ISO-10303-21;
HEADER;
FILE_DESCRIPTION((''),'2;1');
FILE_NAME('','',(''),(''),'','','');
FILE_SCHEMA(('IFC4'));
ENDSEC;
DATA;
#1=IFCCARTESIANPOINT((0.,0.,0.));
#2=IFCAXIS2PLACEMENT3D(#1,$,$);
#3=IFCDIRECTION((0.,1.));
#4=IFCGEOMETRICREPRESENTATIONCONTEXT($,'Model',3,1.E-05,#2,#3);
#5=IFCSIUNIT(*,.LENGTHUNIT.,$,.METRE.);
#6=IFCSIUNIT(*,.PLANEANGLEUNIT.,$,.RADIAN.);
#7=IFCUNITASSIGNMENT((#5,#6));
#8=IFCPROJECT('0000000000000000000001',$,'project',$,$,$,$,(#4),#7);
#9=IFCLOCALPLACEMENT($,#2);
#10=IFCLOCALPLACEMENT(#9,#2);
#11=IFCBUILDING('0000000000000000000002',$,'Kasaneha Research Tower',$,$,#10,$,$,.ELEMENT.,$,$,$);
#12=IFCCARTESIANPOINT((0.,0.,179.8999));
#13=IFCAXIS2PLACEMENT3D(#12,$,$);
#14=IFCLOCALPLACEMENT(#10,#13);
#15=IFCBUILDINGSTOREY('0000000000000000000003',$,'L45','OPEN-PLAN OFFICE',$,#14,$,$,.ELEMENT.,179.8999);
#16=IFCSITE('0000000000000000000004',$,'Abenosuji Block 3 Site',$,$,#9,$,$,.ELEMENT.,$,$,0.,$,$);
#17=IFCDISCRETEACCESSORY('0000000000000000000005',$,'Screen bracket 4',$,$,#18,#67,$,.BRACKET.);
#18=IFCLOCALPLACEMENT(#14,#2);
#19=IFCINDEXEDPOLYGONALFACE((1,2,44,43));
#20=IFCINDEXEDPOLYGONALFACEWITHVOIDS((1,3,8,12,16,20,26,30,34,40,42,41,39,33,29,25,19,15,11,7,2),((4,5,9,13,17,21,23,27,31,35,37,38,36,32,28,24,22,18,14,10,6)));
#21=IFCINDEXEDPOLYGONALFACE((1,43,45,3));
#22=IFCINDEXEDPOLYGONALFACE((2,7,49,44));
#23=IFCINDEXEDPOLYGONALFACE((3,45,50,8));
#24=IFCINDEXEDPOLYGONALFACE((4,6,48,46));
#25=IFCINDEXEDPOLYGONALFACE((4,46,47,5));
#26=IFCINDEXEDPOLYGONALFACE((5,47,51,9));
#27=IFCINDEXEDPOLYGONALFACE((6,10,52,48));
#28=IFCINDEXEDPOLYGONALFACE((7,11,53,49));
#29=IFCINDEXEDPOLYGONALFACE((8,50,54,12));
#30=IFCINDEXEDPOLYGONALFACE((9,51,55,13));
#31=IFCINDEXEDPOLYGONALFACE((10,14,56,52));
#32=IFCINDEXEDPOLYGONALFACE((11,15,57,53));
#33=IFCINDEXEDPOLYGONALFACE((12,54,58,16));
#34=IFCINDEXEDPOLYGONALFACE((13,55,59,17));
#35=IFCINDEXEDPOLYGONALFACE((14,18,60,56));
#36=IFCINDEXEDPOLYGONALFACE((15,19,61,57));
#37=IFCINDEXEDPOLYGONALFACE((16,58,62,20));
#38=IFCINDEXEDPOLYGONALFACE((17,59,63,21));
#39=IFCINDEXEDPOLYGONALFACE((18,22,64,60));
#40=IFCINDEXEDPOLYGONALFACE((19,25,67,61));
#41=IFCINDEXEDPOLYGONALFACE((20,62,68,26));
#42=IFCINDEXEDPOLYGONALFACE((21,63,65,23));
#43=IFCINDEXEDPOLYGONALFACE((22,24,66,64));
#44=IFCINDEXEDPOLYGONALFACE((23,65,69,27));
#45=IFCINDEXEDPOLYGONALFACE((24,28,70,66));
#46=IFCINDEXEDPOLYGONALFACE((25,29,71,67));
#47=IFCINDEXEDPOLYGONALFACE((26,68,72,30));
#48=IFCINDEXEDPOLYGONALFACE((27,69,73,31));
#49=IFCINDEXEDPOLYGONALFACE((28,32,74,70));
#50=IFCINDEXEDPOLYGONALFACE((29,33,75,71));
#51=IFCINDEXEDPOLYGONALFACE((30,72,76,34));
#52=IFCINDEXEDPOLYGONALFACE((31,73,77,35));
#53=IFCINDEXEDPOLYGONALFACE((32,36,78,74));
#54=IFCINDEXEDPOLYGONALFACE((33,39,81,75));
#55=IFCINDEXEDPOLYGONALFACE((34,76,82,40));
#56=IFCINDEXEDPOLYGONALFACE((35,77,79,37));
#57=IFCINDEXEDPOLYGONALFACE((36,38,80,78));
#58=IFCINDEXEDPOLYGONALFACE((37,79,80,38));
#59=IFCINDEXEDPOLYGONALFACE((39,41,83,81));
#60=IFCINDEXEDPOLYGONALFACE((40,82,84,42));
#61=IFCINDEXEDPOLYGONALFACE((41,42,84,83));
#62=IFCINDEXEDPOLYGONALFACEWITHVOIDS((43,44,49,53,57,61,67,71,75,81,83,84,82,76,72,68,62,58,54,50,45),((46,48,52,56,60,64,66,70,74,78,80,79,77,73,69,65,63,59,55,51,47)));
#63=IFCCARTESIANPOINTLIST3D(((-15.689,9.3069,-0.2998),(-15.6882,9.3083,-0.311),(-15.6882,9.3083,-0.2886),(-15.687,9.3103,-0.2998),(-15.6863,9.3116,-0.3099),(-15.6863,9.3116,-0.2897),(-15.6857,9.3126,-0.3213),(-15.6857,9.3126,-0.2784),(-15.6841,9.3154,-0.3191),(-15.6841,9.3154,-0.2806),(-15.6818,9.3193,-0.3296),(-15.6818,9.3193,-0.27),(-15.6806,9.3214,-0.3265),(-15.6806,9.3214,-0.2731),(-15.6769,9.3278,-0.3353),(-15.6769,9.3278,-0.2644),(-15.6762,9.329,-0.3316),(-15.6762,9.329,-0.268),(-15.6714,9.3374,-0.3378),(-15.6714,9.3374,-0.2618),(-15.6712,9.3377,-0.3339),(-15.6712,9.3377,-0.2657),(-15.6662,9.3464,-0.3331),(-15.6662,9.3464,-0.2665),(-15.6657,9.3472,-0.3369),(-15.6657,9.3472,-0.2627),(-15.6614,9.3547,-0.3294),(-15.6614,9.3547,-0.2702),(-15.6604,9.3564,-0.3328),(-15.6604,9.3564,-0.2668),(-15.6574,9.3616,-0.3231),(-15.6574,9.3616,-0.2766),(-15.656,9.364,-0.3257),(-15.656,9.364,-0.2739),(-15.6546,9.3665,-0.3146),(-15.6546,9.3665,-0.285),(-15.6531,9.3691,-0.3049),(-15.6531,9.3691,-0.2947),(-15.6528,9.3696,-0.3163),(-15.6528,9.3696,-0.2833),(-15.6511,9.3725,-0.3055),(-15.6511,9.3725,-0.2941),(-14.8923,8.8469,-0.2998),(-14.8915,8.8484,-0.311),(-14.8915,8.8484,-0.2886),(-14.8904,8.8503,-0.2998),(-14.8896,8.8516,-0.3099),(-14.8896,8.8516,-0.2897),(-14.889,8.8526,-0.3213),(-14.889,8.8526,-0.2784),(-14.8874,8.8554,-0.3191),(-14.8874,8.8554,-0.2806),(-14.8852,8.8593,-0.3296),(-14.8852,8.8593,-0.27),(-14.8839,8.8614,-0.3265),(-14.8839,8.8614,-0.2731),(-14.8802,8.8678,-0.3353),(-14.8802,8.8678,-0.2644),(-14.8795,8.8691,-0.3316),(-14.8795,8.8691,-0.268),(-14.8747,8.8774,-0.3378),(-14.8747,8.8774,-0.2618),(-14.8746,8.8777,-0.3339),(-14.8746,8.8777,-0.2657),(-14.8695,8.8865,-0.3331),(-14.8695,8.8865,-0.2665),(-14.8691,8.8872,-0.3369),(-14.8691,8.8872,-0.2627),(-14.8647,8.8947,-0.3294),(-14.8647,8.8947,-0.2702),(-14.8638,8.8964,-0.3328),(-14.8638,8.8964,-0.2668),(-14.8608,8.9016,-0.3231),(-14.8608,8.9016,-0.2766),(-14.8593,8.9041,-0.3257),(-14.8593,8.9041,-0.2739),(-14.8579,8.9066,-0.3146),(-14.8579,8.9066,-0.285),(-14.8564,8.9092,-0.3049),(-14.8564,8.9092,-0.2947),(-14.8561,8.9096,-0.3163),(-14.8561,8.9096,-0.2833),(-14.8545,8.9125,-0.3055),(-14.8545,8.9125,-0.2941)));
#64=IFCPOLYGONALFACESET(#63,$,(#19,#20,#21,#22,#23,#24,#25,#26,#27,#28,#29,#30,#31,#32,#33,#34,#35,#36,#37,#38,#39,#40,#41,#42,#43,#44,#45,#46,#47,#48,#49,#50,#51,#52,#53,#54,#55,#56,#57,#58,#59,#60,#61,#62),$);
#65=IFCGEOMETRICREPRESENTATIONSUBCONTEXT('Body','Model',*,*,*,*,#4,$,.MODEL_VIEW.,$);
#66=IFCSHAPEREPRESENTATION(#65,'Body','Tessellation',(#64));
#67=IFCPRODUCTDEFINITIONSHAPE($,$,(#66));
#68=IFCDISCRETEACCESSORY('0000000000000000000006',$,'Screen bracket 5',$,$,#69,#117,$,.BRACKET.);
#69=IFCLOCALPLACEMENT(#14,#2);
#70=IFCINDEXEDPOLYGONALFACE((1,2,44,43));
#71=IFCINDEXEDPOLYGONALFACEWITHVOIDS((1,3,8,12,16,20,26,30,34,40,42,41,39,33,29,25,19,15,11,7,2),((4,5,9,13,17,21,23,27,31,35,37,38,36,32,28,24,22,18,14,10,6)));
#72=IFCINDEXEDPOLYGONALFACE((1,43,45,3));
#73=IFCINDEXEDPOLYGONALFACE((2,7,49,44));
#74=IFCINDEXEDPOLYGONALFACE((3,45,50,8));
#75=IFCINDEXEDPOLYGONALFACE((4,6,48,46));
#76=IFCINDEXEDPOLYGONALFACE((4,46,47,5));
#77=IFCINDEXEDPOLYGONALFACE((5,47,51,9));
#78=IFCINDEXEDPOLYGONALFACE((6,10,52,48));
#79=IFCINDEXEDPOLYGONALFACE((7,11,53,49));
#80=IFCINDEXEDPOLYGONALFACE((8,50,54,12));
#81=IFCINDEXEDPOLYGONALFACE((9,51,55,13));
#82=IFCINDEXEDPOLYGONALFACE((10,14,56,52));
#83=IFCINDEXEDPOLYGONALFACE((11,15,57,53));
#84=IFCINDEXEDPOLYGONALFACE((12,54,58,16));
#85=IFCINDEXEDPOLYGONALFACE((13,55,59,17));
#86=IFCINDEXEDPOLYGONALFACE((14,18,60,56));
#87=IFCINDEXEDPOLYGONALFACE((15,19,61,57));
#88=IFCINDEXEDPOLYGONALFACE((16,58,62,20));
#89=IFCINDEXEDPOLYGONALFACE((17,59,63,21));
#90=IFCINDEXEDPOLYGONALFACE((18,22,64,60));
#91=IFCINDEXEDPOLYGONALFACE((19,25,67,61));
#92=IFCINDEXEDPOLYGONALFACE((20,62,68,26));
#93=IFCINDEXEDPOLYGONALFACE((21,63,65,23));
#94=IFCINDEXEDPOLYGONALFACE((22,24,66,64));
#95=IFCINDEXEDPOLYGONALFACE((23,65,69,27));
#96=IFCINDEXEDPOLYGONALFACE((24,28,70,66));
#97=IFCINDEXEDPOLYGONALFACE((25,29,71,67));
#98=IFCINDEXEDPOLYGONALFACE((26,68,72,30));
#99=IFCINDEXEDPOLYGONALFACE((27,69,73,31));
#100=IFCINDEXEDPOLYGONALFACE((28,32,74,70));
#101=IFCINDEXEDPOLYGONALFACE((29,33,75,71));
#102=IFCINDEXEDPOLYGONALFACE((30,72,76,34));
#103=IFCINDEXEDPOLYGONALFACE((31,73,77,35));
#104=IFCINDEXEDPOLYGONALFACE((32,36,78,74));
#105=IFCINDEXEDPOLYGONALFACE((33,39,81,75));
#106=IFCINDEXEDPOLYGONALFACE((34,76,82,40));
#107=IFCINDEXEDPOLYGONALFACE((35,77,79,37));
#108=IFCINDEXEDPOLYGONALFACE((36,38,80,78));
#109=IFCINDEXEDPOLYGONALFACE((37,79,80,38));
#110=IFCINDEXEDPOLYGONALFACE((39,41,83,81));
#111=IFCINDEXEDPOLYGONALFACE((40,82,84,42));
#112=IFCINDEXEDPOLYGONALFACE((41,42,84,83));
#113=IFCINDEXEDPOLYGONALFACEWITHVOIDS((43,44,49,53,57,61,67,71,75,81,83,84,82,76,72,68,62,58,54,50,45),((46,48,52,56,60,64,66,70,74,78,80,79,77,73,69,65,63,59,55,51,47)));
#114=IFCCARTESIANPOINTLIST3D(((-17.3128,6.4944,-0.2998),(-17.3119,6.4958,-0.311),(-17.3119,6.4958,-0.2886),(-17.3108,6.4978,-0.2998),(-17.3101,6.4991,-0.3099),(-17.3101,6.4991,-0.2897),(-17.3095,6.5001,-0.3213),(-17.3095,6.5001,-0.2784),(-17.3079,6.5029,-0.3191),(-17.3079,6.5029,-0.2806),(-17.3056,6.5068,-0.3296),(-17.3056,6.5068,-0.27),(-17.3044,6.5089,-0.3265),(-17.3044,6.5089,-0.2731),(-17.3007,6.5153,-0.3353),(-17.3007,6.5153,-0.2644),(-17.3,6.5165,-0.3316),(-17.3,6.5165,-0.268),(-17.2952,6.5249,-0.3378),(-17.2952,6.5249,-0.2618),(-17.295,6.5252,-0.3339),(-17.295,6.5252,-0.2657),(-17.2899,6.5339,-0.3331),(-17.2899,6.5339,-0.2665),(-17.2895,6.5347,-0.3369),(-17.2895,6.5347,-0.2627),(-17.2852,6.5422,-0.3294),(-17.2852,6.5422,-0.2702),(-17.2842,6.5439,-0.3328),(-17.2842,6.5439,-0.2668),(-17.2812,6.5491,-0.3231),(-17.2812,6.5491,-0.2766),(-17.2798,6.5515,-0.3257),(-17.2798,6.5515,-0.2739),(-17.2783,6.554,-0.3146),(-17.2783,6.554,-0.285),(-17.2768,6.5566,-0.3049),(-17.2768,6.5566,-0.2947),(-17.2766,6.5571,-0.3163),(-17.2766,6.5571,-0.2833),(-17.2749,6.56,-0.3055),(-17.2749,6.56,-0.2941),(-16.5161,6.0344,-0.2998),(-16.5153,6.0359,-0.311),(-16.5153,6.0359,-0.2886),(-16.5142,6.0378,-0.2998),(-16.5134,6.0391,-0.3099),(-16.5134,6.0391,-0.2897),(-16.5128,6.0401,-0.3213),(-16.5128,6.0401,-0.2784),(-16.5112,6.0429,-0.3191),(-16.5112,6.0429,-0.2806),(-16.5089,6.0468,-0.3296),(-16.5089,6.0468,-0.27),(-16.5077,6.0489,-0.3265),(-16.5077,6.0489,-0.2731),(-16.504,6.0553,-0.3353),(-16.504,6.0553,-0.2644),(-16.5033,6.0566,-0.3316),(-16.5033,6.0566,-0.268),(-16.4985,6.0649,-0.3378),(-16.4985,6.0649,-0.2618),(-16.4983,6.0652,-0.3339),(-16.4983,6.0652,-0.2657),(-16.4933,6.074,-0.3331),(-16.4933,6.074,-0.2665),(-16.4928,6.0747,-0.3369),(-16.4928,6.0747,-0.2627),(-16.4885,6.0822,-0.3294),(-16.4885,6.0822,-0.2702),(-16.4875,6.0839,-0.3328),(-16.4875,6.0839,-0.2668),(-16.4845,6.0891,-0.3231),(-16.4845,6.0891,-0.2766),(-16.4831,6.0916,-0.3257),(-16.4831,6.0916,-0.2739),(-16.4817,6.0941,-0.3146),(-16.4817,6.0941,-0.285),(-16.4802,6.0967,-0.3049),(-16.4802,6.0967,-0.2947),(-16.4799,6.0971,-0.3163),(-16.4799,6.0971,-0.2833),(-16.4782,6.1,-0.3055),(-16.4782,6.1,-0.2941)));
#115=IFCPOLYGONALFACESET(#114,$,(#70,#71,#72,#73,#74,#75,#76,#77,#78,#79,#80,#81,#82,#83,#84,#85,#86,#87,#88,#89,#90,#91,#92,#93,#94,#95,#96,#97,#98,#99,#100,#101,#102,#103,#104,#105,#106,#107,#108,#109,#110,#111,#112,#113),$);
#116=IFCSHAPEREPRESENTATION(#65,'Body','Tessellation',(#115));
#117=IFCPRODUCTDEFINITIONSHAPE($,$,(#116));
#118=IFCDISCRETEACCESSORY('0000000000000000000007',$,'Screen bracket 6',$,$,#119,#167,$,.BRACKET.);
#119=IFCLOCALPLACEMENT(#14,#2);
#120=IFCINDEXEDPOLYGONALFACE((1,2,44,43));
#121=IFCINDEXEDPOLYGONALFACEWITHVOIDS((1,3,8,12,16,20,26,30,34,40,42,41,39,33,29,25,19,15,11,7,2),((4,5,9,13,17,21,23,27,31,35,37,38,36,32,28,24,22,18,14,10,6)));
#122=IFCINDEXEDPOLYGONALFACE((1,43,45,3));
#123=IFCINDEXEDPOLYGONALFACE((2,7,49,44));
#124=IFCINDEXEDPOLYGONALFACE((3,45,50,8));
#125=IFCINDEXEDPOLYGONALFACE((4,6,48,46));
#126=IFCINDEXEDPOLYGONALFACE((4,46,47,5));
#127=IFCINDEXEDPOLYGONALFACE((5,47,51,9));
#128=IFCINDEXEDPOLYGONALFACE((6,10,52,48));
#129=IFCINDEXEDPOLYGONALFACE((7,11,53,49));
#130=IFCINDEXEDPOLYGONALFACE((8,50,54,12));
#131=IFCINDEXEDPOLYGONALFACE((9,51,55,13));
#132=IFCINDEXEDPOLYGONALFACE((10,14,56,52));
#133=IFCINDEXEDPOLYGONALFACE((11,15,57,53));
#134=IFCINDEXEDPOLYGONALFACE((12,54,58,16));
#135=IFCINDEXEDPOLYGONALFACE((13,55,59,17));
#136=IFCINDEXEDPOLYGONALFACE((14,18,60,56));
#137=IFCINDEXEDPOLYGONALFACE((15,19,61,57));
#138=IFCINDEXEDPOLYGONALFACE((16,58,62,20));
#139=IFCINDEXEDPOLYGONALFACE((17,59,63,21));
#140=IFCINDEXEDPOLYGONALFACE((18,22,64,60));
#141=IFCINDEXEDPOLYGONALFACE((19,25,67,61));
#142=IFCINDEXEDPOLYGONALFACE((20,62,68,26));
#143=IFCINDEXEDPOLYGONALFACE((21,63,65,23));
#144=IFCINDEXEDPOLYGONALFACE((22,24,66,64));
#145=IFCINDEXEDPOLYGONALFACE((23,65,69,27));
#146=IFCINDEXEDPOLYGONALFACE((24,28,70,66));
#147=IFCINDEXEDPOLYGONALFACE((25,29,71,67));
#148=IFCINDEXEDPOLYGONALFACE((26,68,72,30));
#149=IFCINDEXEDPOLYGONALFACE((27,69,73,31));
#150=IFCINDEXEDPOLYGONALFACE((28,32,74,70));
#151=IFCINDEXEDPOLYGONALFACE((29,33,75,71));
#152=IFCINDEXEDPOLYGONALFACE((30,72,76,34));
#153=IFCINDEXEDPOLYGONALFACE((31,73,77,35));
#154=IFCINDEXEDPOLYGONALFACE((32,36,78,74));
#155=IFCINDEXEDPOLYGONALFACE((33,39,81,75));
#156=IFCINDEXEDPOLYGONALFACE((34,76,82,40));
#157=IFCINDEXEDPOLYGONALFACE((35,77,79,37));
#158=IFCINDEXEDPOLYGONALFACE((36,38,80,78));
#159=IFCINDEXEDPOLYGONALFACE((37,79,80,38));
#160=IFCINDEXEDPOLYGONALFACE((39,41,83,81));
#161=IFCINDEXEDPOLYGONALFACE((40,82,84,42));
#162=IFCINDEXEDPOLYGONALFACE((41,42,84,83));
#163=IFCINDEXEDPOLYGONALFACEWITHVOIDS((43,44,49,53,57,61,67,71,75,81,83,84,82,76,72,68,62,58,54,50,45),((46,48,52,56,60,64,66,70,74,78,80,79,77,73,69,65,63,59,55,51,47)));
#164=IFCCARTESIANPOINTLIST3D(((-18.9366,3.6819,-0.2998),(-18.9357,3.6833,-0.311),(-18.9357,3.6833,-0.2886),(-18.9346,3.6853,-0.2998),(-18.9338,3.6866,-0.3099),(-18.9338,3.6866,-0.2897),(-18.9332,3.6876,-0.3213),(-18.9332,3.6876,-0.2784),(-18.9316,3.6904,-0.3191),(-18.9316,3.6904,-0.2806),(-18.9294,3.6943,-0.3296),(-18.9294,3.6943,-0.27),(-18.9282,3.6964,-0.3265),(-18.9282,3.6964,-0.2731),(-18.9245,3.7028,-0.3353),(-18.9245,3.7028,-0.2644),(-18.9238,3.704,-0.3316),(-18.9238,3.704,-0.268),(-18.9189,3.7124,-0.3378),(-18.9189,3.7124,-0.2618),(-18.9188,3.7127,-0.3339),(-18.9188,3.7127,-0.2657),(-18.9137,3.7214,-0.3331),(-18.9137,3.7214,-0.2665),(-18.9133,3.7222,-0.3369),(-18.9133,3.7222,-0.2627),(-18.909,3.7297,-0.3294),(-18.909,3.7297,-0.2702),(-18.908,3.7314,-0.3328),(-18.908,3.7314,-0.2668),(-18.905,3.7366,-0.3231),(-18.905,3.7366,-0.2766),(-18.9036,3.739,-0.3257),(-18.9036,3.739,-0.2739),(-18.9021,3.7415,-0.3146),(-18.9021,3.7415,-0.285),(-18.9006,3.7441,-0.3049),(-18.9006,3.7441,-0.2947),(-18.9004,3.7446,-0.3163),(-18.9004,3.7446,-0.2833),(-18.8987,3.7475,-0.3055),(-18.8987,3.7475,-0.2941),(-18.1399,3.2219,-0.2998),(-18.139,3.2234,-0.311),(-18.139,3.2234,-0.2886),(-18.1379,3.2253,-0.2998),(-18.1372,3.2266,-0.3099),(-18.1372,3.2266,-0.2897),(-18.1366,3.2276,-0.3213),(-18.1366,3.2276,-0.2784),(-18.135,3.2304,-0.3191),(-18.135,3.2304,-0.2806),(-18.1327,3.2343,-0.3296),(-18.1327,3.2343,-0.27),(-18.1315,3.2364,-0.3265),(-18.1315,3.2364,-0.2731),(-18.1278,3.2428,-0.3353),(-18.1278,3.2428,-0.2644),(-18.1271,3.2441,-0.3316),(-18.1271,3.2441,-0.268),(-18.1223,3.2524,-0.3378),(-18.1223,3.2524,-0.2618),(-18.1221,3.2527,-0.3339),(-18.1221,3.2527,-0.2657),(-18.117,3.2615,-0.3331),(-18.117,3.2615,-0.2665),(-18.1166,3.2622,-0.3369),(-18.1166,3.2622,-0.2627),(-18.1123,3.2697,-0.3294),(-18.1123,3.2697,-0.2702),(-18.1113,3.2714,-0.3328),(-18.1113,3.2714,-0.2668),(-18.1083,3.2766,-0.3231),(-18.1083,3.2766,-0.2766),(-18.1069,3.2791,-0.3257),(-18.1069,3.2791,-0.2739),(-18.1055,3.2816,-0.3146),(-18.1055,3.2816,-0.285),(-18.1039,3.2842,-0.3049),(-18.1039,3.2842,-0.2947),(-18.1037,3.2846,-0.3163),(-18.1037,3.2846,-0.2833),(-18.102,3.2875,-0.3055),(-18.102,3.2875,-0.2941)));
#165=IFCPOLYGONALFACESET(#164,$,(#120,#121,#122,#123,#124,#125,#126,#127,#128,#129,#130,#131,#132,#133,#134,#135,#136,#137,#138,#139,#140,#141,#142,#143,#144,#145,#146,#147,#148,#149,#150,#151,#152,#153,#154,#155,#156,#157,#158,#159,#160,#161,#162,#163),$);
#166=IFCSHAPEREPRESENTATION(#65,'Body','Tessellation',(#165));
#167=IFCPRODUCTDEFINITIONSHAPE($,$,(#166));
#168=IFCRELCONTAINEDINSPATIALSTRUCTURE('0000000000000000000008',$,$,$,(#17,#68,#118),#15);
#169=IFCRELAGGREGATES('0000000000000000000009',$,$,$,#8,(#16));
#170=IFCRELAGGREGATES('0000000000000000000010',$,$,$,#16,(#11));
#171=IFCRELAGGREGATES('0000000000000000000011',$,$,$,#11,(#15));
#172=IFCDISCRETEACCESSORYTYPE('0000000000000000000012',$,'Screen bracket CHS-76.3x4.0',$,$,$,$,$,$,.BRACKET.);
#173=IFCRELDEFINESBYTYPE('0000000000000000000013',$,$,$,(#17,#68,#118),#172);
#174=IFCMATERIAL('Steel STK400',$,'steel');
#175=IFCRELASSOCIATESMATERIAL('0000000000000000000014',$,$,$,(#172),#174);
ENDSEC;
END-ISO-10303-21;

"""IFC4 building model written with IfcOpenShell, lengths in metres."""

from ifc_helpers import new_model, si_unit, direction, frame, origin, origin_2d, place, context, subcontext, project, spatial, hollow_circle, extrude, material, material_profile, profile_set, type_object, element, save


model = new_model("IFC4")

# Units and contexts
model_context = context("Model", 3, precision=1e-05, world=origin(), true_north=direction((0.0, 1.0)))
body_context = subcontext(model_context, "Body", "Model", "MODEL_VIEW")
ifc_project = project(units=[si_unit("LENGTHUNIT", "METRE"), si_unit("PLANEANGLEUNIT", "RADIAN")], contexts=[model_context])

# Site, building, storey
site_placement = place(None, origin())
site = spatial("IfcSite", under=ifc_project, at=site_placement, Name="Abenosuji Block 3 Site", CompositionType="ELEMENT", RefElevation=0.0)
building_placement = place(site_placement, origin())
building = spatial("IfcBuilding", under=site, at=building_placement, Name="Kasaneha Research Tower", CompositionType="ELEMENT")
storey_placement = place(building_placement, frame((0.0, 0.0, 179.8999)))
storey = spatial("IfcBuildingStorey", under=building, at=storey_placement, Name="L45", Description="OPEN-PLAN OFFICE", CompositionType="ELEMENT", Elevation=179.8999)

# Discrete accessories
ifc_material_1 = material(Name="Steel STK400", Category="steel")
ifc_material_profile_1 = material_profile(ifc_material_1, hollow_circle(Radius=0.0381, WallThickness=0.0039, at=origin_2d()), Name="CHS-76.3x4.0")
ifc_profile_set_1 = profile_set([ifc_material_profile_1], Name="Steel STK400")
discrete_accessory_type = type_object("IfcDiscreteAccessoryType", Name="Screen bracket CHS-76.3x4.0", PredefinedType="BRACKET", material=ifc_profile_set_1)
for number, where, z_axis, x_axis, name in (
    (1, (-14.8733, 8.8799, -0.2998), (-0.866013, 0.500021, 0.0), (-0.500021, -0.866013, 0.0), "Screen bracket 4"),
    (2, (-16.4971, 6.0674, -0.2998), (-0.866013, 0.500021, 0.0), (-0.500021, -0.866013, 0.0), "Screen bracket 5"),
    (3, (-18.1208, 3.2549, -0.2998), (-0.866013, 0.500021, 0.0), (-0.500021, -0.866013, 0.0), "Screen bracket 6"),
):
    element("IfcDiscreteAccessory", number, at=place(storey_placement, frame(where, z_axis=z_axis, x_axis=x_axis)), inside=storey, type_object=discrete_accessory_type, Name=name, PredefinedType="BRACKET", context=body_context, shape_type="SweptSolid", body=[
        extrude(hollow_circle(Radius=0.0381, WallThickness=0.0039, at=origin_2d()), origin(), (0.0, 0.0, 1.0), 0.9199),
    ])

save(model, "model.ifc")
